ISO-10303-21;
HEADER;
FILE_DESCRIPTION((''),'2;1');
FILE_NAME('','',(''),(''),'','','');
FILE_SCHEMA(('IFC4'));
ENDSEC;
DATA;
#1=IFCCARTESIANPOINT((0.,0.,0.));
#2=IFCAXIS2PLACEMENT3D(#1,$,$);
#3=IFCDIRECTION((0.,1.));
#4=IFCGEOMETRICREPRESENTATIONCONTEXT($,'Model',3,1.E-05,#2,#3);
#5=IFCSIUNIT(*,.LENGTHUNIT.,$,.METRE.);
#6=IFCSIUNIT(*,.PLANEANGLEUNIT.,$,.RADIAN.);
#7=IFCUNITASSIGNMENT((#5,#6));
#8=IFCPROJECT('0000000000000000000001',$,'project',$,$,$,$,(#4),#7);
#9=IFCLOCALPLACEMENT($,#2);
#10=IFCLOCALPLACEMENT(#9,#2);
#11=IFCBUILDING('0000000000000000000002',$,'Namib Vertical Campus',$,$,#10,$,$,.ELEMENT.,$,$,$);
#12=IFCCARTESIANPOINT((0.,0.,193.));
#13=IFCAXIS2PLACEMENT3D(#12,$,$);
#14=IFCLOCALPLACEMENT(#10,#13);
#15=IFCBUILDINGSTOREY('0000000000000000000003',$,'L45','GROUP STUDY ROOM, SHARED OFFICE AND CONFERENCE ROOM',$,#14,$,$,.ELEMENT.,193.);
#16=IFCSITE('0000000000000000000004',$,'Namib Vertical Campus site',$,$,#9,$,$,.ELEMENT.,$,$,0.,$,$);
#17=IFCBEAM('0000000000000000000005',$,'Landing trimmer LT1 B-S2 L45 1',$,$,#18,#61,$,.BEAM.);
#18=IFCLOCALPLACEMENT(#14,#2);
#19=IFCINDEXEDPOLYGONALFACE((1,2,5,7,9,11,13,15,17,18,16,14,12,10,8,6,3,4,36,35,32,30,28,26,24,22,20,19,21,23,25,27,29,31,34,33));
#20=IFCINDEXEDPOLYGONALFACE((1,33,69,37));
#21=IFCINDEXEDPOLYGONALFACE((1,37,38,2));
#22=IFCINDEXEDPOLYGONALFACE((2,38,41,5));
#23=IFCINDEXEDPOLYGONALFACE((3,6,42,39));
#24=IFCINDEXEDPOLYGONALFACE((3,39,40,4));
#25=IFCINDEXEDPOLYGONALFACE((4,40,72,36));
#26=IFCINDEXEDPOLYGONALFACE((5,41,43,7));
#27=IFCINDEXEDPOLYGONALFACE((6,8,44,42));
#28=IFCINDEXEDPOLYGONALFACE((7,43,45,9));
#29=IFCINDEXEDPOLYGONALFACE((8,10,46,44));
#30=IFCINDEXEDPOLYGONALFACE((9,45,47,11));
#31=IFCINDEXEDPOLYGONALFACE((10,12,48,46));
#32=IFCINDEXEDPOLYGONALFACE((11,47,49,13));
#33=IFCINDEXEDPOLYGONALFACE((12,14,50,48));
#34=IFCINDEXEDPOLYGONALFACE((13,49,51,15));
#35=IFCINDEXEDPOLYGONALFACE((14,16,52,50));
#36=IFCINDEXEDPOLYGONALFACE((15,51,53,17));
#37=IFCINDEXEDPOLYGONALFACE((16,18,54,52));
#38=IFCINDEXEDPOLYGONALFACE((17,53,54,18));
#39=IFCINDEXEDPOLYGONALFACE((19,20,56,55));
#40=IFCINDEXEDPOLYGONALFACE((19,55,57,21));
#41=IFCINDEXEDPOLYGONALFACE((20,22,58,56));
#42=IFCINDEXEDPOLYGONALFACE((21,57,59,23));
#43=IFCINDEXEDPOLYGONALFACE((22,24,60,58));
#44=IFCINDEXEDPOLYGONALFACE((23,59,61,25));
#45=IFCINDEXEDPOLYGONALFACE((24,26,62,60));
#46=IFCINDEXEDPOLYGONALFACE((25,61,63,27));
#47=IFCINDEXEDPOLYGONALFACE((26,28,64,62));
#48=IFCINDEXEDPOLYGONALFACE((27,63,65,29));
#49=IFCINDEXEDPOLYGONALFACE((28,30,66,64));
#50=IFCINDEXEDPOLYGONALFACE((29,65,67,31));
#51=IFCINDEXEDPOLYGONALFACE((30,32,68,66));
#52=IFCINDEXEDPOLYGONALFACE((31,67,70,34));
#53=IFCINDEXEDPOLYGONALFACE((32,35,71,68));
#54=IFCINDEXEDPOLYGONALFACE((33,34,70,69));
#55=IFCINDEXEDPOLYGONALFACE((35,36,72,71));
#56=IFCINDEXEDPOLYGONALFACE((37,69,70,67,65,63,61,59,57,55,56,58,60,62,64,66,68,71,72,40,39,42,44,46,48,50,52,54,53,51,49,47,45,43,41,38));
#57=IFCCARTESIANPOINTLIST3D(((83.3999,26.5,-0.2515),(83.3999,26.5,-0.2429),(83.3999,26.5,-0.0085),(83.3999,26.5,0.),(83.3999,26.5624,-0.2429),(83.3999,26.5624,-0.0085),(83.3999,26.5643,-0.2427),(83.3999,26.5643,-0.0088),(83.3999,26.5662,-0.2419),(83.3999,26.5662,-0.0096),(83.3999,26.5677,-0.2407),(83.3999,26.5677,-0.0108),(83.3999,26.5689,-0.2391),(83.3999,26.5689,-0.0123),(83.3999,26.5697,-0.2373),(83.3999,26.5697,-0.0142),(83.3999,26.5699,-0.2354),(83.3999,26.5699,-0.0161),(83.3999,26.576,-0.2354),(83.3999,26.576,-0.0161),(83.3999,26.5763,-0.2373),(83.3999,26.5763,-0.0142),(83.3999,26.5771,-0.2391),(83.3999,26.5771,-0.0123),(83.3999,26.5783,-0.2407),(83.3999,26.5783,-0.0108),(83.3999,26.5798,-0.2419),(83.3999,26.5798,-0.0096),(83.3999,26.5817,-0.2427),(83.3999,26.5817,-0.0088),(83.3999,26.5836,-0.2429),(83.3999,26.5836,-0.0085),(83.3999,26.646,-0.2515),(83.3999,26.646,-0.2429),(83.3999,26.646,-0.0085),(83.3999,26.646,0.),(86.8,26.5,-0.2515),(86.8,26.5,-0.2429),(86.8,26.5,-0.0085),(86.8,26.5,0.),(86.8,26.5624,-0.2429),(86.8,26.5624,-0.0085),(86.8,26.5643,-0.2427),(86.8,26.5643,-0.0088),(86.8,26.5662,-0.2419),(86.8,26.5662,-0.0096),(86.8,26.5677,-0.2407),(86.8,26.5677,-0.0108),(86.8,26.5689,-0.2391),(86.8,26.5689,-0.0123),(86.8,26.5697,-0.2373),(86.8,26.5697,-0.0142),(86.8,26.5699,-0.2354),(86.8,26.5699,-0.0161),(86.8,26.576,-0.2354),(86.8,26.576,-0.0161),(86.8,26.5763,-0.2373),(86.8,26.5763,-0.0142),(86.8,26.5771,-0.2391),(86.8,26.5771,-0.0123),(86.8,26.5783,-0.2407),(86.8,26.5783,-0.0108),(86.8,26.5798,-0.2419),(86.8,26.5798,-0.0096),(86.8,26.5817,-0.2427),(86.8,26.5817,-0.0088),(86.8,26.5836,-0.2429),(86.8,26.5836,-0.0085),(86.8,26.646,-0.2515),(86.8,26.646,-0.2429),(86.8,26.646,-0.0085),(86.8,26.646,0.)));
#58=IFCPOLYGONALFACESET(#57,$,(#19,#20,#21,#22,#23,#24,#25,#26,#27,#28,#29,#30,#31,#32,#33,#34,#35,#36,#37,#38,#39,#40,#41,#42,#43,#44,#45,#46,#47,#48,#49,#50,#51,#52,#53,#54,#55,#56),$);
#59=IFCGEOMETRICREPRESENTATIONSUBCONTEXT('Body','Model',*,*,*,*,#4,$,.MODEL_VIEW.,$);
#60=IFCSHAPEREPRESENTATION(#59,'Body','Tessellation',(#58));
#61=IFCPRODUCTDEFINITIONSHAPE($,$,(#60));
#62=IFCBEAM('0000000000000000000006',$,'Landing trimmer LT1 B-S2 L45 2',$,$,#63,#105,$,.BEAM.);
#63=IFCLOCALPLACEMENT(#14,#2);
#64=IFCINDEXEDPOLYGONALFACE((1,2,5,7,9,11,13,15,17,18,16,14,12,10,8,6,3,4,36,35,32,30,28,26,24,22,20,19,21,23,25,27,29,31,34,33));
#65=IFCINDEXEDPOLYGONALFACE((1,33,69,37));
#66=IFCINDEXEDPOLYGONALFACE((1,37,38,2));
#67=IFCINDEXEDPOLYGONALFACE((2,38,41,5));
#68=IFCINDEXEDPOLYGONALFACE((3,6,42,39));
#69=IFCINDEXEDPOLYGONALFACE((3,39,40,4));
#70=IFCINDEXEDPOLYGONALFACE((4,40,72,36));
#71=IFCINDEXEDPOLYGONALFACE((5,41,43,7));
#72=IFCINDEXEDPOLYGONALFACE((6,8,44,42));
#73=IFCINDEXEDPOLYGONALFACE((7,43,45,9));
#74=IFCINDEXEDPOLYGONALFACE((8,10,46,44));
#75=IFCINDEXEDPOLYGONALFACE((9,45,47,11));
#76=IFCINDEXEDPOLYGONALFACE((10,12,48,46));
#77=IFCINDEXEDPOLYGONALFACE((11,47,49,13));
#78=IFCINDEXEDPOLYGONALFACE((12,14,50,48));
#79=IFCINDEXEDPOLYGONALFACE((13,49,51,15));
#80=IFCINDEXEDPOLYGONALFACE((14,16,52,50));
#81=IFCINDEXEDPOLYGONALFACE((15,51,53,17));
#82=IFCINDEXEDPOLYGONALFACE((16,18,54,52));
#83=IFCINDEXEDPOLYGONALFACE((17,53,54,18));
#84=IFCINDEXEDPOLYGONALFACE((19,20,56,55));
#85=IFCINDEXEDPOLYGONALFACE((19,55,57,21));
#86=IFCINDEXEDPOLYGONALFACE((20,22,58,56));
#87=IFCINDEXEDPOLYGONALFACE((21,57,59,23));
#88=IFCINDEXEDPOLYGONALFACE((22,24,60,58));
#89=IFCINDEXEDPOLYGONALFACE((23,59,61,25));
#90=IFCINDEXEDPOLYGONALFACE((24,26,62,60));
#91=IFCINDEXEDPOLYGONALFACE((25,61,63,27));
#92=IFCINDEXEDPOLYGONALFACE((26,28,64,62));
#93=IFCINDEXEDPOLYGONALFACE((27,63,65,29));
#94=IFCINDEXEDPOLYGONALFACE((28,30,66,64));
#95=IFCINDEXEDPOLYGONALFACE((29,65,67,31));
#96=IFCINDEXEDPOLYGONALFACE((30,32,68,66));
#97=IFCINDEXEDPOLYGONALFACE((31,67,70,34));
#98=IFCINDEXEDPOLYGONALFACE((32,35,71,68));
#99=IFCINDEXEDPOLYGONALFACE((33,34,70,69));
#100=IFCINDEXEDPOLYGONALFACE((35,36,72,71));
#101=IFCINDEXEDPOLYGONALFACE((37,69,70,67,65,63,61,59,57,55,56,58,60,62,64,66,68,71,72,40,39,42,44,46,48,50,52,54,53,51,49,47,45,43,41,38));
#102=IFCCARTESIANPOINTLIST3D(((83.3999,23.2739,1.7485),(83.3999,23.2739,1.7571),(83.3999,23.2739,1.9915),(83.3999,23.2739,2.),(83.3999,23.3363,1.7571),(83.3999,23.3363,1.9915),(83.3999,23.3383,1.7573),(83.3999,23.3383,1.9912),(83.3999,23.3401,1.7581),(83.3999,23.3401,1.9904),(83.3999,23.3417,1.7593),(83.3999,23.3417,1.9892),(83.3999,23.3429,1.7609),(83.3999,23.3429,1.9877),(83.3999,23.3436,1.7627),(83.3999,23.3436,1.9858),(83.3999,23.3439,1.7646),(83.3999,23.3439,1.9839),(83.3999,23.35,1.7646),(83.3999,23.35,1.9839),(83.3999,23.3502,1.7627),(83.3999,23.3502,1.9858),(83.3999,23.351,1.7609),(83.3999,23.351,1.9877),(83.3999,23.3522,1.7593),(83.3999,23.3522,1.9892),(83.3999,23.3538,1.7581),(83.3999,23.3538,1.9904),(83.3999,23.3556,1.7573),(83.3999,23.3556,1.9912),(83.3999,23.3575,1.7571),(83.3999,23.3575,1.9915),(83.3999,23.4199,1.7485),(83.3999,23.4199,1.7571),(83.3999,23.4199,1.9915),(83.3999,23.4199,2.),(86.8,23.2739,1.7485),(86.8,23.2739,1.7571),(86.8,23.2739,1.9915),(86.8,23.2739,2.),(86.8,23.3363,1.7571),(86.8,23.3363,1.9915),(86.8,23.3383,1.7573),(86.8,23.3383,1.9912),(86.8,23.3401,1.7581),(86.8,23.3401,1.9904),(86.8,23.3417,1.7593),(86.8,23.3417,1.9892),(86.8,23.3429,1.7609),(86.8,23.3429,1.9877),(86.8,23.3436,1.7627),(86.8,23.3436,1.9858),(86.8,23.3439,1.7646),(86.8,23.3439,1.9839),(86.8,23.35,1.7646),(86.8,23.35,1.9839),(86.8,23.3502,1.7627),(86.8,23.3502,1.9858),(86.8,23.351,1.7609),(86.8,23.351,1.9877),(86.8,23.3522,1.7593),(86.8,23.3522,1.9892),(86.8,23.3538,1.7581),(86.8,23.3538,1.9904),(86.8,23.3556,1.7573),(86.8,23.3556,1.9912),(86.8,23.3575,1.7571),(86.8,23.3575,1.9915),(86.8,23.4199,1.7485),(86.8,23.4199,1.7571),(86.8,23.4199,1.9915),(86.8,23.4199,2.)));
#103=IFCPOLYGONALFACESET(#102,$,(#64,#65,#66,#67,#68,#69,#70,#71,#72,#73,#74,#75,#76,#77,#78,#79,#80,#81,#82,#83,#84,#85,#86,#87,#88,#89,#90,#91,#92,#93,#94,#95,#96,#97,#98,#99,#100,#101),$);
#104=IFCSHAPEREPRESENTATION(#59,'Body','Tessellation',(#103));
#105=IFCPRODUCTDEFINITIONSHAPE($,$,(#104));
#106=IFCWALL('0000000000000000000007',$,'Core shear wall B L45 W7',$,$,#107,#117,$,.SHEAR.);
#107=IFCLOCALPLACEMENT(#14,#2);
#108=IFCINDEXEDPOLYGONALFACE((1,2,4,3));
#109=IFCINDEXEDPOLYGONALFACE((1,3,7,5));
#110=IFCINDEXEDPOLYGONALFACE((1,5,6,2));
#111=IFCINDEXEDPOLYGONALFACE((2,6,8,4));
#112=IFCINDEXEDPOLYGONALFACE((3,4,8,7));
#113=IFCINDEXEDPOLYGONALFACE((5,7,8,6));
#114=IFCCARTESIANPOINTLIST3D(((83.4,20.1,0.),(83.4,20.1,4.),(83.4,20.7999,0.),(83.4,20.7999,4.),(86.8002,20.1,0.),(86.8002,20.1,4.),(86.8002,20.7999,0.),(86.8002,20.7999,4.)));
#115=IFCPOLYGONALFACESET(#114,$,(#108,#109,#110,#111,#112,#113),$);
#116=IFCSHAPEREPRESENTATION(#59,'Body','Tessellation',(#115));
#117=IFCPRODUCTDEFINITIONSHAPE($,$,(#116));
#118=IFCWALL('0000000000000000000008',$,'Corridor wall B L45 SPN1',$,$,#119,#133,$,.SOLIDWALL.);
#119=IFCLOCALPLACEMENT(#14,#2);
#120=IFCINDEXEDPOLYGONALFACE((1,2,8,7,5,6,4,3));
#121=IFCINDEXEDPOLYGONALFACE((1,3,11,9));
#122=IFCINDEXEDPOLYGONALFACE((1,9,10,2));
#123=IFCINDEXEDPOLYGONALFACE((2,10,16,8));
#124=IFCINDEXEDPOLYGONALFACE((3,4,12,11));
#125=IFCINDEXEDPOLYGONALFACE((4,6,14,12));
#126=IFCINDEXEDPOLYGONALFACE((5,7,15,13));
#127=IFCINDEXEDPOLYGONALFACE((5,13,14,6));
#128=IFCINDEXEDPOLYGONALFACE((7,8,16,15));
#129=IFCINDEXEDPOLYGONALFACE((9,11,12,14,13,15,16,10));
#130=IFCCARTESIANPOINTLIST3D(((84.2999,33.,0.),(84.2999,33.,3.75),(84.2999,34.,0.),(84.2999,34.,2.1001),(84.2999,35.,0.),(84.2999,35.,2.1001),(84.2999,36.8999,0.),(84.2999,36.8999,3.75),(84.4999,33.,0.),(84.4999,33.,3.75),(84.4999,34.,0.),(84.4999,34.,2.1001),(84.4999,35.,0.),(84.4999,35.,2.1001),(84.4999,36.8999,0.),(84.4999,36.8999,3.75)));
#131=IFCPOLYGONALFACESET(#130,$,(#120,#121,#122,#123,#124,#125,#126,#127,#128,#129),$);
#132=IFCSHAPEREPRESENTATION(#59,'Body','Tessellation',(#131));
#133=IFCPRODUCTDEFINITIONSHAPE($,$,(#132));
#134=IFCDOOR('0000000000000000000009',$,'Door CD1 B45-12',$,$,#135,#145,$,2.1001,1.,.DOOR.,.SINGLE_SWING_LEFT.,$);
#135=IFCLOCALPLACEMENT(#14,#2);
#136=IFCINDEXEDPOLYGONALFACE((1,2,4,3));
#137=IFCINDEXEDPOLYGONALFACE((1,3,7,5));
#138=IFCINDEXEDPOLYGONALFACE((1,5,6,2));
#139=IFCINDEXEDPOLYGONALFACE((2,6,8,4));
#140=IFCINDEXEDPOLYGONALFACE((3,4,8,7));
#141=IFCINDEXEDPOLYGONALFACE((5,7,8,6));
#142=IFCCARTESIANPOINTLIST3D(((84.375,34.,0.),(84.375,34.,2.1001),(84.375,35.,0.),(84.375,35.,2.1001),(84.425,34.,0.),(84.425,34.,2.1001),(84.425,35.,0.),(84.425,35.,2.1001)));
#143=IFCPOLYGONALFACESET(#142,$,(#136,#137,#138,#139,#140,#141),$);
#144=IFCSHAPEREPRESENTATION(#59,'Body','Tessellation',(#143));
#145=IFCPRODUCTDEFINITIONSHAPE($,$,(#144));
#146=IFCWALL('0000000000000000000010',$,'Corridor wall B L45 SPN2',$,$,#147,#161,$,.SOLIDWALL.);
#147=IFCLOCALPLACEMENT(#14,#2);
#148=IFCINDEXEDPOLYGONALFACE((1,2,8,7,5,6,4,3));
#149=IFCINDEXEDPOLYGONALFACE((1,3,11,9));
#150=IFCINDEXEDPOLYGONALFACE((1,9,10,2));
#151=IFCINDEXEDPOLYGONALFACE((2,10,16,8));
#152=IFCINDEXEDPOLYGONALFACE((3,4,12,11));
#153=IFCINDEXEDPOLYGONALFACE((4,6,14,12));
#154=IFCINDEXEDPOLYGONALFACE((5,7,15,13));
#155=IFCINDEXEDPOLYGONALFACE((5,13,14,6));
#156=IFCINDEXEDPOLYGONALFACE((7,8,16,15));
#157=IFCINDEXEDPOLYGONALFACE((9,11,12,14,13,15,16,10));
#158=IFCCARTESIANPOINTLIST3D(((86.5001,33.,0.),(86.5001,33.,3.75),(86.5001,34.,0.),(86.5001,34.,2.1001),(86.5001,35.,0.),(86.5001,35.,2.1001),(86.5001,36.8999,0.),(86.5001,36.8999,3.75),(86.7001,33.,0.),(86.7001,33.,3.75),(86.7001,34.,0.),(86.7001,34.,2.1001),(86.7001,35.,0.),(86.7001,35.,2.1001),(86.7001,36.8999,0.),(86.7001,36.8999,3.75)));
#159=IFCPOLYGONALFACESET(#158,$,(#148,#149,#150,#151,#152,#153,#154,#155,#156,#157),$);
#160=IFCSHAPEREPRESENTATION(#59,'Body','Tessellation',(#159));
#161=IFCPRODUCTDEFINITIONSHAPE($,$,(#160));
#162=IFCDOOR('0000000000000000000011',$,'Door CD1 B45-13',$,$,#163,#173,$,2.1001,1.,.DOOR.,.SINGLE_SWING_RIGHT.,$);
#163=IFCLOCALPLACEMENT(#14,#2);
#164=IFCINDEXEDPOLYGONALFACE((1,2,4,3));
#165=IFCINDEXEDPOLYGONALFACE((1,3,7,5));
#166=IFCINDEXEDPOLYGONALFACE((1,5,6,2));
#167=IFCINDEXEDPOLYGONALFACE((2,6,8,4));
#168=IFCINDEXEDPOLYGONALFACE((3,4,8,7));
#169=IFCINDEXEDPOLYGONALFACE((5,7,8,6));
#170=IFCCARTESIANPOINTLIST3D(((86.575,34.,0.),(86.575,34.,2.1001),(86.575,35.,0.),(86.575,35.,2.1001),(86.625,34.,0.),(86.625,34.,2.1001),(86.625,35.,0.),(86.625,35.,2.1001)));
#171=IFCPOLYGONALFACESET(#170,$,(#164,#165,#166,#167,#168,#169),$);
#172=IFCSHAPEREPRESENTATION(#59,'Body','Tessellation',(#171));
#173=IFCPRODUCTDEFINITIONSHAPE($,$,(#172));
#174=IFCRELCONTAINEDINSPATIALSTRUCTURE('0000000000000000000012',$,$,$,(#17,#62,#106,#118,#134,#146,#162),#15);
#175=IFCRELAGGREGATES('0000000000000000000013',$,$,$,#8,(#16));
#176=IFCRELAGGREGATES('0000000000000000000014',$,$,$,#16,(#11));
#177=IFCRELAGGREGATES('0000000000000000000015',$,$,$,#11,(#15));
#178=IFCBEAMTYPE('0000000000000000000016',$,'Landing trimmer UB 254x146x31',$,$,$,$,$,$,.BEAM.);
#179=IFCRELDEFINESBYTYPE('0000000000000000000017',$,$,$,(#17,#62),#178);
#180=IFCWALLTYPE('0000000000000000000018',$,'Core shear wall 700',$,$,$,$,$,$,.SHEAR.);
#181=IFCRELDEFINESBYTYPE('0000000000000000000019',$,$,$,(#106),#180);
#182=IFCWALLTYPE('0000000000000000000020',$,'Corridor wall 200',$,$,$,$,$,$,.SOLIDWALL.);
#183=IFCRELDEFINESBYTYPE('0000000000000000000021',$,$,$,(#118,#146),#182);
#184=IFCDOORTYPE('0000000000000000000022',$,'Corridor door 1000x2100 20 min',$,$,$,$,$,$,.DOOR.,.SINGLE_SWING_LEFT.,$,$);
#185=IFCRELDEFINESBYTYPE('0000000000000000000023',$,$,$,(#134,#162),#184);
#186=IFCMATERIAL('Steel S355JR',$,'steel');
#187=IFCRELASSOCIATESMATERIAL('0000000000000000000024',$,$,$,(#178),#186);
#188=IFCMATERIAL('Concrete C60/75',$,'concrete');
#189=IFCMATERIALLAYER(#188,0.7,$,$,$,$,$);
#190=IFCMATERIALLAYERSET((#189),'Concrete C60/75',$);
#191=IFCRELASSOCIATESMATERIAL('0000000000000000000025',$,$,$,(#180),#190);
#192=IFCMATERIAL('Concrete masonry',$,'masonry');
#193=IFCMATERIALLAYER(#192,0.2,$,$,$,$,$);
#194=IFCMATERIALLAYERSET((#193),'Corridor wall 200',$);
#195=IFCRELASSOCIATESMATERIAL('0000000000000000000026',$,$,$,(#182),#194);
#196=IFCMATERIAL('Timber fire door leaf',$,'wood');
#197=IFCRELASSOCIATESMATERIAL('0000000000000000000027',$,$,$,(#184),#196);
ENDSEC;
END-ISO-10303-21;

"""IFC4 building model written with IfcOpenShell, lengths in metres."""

from ifc_helpers import new_model, si_unit, direction, frame, frame_2d, origin, origin_2d, place, context, subcontext, project, spatial, rectangle, i_section, extrude, material, layer, layer_set, material_profile, profile_set, type_object, element, fill, save


model = new_model("IFC4")

# Units and contexts
model_context = context("Model", 3, precision=1e-05, world=origin(), true_north=direction((0.0, 1.0)))
body_context = subcontext(model_context, "Body", "Model", "MODEL_VIEW")
ifc_project = project(units=[si_unit("LENGTHUNIT", "METRE"), si_unit("PLANEANGLEUNIT", "RADIAN")], contexts=[model_context])

# Site, building, storey
site_placement = place(None, origin())
site = spatial("IfcSite", under=ifc_project, at=site_placement, Name="Namib Vertical Campus site", CompositionType="ELEMENT", RefElevation=0.0)
building_placement = place(site_placement, origin())
building = spatial("IfcBuilding", under=site, at=building_placement, Name="Namib Vertical Campus", CompositionType="ELEMENT")
storey_placement = place(building_placement, frame((0.0, 0.0, 193.0)))
storey = spatial("IfcBuildingStorey", under=building, at=storey_placement, Name="L45", Description="GROUP STUDY ROOM, SHARED OFFICE AND CONFERENCE ROOM", CompositionType="ELEMENT", Elevation=193.0)

# Beams
ifc_material_1 = material(Name="Steel S355JR", Category="steel")
ifc_material_profile = material_profile(ifc_material_1, i_section(OverallWidth=0.146, OverallDepth=0.2515, WebThickness=0.0061, FlangeThickness=0.0085, FilletRadius=0.0076, at=origin_2d()))
ifc_profile_set = profile_set([ifc_material_profile], Name="Steel S355JR")
beam_type = type_object("IfcBeamType", Name="Landing trimmer UB 254x146x31", PredefinedType="BEAM", material=ifc_profile_set)
for number, where, z_axis, x_axis, name in (
    (1, (83.3999, 26.573, -0.1257), (1.0, 0.0, 0.0), (0.0, 1.0, 0.0), "Landing trimmer LT1 B-S2 L45 1"),
    (2, (83.3999, 23.3469, 1.8743), (1.0, 0.0, 0.0), (0.0, 1.0, 0.0), "Landing trimmer LT1 B-S2 L45 2"),
):
    element("IfcBeam", number, at=place(storey_placement, frame(where, z_axis=z_axis, x_axis=x_axis)), inside=storey, type_object=beam_type, Name=name, PredefinedType="BEAM", context=body_context, shape_type="SweptSolid", body=[
        extrude(i_section(OverallWidth=0.146, OverallDepth=0.2515, WebThickness=0.0061, FlangeThickness=0.0085, FilletRadius=0.0076, at=origin_2d()), origin(), (0.0, 0.0, 1.0), 3.4001),
    ])

# Wall
ifc_material_2 = material(Name="Concrete C60/75", Category="concrete")
ifc_layer_1 = layer(ifc_material_2, 0.7)
ifc_layer_set_1 = layer_set([ifc_layer_1], Name="Concrete C60/75")
wall_type_1 = type_object("IfcWallType", Name="Core shear wall 700", PredefinedType="SHEAR", material=ifc_layer_set_1)
wall_1_placement = place(storey_placement, frame((83.3999, 20.45, 0.0), z_axis=(0.0, 0.0, 1.0), x_axis=(1.0, 0.0, 0.0)))
element("IfcWall", 3, at=wall_1_placement, inside=storey, type_object=wall_type_1, Name="Core shear wall B L45 W7", PredefinedType="SHEAR", context=body_context, shape_type="SweptSolid", body=[
    extrude(rectangle(XDim=3.4001, YDim=0.7, at=frame_2d((1.7002, 0.0))), origin(), (0.0, 0.0, 1.0), 4.0),
])

# Walls, openings, doors
ifc_material_3 = material(Name="Concrete masonry", Category="masonry")
ifc_layer_2 = layer(ifc_material_3, 0.2)
ifc_layer_set_2 = layer_set([ifc_layer_2], Name="Corridor wall 200")
wall_type_2 = type_object("IfcWallType", Name="Corridor wall 200", PredefinedType="SOLIDWALL", material=ifc_layer_set_2)
wall_2_placement = place(storey_placement, frame((84.3999, 33.0, 0.0), z_axis=(0.0, 0.0, 1.0), x_axis=(0.0, 1.0, 0.0)))
wall_2 = element("IfcWall", 4, at=wall_2_placement, inside=storey, type_object=wall_type_2, Name="Corridor wall B L45 SPN1", PredefinedType="SOLIDWALL", context=body_context, shape_type="SweptSolid", body=[
    extrude(rectangle(XDim=3.8999, YDim=0.2, at=frame_2d((1.95, 0.0))), origin(), (0.0, 0.0, 1.0), 3.75),
])
opening_1_placement = place(wall_2_placement, frame((1.0, 0.0, 0.0)))
opening_1 = element("IfcOpeningElement", 5, at=opening_1_placement, cuts=wall_2, PredefinedType="OPENING", context=body_context, shape_type="SweptSolid", body=[
    extrude(rectangle(XDim=1.0, YDim=2.1001, at=frame_2d((0.5, 1.05))), frame((0.0, 0.1099, 0.0), z_axis=(0.0, -1.0, 0.0), x_axis=(1.0, 0.0, 0.0)), (0.0, 0.0, 1.0), 0.22),
])
ifc_material_4 = material(Name="Timber fire door leaf", Category="wood")
door_type_1 = type_object("IfcDoorType", Name="Corridor door 1000x2100 20 min", OperationType="SINGLE_SWING_LEFT", PredefinedType="DOOR", material=ifc_material_4)
door_1_placement = place(opening_1_placement, origin())
door_1 = element("IfcDoor", 6, at=door_1_placement, inside=storey, type_object=door_type_1, Name="Door CD1 B45-12", OperationType="SINGLE_SWING_LEFT", OverallHeight=2.1001, OverallWidth=1.0, PredefinedType="DOOR", context=body_context, shape_type="SweptSolid", body=[
    extrude(rectangle(XDim=1.0, YDim=2.1001, at=frame_2d((0.5, 1.05))), frame((0.0, 0.0249, 0.0), z_axis=(0.0, -1.0, 0.0), x_axis=(1.0, 0.0, 0.0)), (0.0, 0.0, 1.0), 0.05),
])
fill(opening_1, door_1)
wall_3_placement = place(storey_placement, frame((86.6001, 36.8999, 0.0), z_axis=(0.0, 0.0, 1.0), x_axis=(0.0, -1.0, 0.0)))
wall_3 = element("IfcWall", 7, at=wall_3_placement, inside=storey, type_object=wall_type_2, Name="Corridor wall B L45 SPN2", PredefinedType="SOLIDWALL", context=body_context, shape_type="SweptSolid", body=[
    extrude(rectangle(XDim=3.8999, YDim=0.2, at=frame_2d((1.95, 0.0))), origin(), (0.0, 0.0, 1.0), 3.75),
])
opening_2_placement = place(wall_3_placement, frame((1.8999, 0.0, 0.0)))
opening_2 = element("IfcOpeningElement", 8, at=opening_2_placement, cuts=wall_3, PredefinedType="OPENING", context=body_context, shape_type="SweptSolid", body=[
    extrude(rectangle(XDim=1.0, YDim=2.1001, at=frame_2d((0.5, 1.05))), frame((0.0, 0.1099, 0.0), z_axis=(0.0, -1.0, 0.0), x_axis=(1.0, 0.0, 0.0)), (0.0, 0.0, 1.0), 0.22),
])
door_2_placement = place(opening_2_placement, origin())
door_2 = element("IfcDoor", 9, at=door_2_placement, inside=storey, type_object=door_type_1, Name="Door CD1 B45-13", OperationType="SINGLE_SWING_RIGHT", OverallHeight=2.1001, OverallWidth=1.0, PredefinedType="DOOR", context=body_context, shape_type="SweptSolid", body=[
    extrude(rectangle(XDim=1.0, YDim=2.1001, at=frame_2d((0.5, 1.05))), frame((0.0, 0.0249, 0.0), z_axis=(0.0, -1.0, 0.0), x_axis=(1.0, 0.0, 0.0)), (0.0, 0.0, 1.0), 0.05),
])
fill(opening_2, door_2)

save(model, "model.ifc")
